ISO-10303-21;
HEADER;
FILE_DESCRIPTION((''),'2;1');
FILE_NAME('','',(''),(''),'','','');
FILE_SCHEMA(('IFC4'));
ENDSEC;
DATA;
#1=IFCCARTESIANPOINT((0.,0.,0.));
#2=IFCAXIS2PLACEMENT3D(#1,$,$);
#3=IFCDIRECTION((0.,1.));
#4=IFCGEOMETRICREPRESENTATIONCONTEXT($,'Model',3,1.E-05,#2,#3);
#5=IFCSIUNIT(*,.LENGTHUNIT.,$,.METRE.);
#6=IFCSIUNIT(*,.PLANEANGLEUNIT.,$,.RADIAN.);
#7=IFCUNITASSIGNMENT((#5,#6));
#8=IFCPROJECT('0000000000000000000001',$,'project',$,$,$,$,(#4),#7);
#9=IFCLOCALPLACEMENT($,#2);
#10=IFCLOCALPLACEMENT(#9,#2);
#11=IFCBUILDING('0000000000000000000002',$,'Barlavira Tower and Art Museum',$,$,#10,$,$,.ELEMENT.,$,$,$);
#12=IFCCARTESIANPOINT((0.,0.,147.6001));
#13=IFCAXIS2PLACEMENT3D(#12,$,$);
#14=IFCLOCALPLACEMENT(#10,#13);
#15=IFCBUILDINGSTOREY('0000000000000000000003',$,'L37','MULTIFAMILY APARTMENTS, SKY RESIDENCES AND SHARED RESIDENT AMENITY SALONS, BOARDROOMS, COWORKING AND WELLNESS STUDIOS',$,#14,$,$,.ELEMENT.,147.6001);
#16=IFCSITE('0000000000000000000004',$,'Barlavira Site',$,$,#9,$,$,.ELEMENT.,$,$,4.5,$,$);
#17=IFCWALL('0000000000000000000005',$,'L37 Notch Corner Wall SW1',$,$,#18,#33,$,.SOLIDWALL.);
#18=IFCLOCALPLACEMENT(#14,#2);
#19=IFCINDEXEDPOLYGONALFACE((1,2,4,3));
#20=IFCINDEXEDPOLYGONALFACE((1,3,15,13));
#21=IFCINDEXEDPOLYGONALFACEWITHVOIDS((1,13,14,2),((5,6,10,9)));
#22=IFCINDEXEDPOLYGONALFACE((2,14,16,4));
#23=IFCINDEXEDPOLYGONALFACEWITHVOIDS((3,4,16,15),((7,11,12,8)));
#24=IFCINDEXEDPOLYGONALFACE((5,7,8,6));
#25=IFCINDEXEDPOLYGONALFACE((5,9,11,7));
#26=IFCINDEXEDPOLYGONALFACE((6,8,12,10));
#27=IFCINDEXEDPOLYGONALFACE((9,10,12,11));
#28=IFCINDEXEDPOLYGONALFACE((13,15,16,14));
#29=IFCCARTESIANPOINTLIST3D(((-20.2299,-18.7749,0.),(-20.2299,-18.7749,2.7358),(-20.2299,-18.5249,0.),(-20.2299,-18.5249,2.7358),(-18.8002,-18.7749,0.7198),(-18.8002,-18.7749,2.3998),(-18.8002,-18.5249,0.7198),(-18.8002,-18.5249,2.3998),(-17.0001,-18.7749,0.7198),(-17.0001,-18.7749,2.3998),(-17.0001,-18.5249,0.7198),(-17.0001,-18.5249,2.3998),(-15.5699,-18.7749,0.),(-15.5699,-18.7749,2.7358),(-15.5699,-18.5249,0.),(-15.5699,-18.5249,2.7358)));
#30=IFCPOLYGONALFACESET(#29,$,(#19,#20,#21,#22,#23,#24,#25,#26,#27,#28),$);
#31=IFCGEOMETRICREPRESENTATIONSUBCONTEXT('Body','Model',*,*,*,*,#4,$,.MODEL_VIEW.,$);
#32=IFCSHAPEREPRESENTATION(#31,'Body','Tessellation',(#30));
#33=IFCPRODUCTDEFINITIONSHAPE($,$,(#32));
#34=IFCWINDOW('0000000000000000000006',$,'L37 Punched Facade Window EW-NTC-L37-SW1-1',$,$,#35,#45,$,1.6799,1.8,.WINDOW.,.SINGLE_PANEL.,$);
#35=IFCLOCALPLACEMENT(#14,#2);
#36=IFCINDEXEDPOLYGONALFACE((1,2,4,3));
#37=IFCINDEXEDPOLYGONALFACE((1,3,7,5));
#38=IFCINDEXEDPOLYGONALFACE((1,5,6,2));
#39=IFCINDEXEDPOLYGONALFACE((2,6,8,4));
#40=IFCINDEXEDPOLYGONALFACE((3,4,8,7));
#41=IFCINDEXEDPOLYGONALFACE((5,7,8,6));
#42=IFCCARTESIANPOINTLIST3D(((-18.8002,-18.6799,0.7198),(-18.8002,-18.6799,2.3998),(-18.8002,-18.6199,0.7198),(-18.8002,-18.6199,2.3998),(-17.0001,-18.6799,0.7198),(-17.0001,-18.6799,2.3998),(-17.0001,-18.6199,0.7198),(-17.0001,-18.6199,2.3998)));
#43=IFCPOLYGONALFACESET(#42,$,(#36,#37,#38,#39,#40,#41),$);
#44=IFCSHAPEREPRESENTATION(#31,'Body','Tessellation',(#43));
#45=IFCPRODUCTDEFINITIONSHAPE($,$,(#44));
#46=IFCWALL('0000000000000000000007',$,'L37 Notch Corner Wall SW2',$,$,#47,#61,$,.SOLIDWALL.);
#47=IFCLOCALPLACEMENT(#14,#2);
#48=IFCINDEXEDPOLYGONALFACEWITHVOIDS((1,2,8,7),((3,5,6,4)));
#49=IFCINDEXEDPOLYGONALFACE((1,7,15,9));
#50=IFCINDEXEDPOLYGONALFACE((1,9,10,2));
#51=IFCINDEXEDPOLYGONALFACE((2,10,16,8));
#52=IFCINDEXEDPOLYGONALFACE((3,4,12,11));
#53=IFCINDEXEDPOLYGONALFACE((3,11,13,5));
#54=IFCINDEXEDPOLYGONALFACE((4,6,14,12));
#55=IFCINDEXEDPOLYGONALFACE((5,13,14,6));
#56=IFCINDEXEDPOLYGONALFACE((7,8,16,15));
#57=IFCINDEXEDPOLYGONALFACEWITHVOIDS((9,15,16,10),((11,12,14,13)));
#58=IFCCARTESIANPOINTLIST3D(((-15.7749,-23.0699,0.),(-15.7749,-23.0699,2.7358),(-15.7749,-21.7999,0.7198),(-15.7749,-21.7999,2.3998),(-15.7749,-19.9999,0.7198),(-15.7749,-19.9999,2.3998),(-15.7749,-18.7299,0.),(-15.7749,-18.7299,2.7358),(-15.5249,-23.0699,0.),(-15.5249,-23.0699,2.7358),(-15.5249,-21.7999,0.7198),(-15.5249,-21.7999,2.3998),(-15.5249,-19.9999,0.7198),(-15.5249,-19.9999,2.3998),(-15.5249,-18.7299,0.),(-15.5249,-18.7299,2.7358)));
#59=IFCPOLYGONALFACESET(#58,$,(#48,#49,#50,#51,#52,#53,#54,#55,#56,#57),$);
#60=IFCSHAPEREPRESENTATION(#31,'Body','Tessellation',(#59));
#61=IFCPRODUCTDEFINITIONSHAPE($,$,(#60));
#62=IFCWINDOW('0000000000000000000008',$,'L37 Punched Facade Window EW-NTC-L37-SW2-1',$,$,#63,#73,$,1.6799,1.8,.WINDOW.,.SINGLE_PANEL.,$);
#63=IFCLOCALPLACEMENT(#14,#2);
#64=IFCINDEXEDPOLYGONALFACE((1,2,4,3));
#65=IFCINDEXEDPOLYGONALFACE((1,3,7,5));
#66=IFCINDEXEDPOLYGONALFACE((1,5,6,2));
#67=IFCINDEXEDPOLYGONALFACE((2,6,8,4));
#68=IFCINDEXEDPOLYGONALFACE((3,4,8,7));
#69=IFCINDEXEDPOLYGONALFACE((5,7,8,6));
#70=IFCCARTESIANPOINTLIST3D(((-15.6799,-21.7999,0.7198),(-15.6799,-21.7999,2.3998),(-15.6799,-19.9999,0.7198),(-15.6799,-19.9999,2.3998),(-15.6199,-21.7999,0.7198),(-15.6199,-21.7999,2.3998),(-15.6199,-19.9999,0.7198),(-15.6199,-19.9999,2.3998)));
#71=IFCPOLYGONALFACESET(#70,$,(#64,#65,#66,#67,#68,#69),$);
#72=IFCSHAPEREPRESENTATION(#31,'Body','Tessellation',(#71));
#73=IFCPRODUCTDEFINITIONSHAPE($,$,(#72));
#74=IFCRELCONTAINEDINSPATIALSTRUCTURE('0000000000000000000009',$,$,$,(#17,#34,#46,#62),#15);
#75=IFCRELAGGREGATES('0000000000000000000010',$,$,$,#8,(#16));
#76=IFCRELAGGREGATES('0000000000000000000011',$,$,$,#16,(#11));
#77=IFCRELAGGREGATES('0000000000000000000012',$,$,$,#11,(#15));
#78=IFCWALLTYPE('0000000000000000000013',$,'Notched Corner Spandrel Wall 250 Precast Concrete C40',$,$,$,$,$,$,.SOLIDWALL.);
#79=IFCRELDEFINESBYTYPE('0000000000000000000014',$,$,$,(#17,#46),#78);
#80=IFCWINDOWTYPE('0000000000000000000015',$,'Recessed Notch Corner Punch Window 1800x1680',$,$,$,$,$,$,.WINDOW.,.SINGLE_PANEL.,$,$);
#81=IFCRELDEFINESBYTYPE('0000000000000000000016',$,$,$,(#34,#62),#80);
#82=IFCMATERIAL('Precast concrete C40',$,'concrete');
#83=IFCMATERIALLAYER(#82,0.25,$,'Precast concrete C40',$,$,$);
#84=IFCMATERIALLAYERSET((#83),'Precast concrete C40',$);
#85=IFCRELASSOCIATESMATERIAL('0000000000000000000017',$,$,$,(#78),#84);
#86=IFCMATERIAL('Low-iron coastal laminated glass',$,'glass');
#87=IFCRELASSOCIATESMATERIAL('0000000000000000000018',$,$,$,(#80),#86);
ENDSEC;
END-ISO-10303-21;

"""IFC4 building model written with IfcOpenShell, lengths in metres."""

from ifc_helpers import new_model, si_unit, direction, frame, frame_2d, origin, place, context, subcontext, project, spatial, rectangle, extrude, material, layer, layer_set, type_object, element, fill, save


model = new_model("IFC4")

# Units and contexts
model_context = context("Model", 3, precision=1e-05, world=origin(), true_north=direction((0.0, 1.0)))
body_context = subcontext(model_context, "Body", "Model", "MODEL_VIEW")
ifc_project = project(units=[si_unit("LENGTHUNIT", "METRE"), si_unit("PLANEANGLEUNIT", "RADIAN")], contexts=[model_context])

# Site, building, storey
site_placement = place(None, origin())
site = spatial("IfcSite", under=ifc_project, at=site_placement, Name="Barlavira Site", CompositionType="ELEMENT", RefElevation=4.5)
building_placement = place(site_placement, origin())
building = spatial("IfcBuilding", under=site, at=building_placement, Name="Barlavira Tower and Art Museum", CompositionType="ELEMENT")
storey_placement = place(building_placement, frame((0.0, 0.0, 147.6001)))
storey = spatial("IfcBuildingStorey", under=building, at=storey_placement, Name="L37", Description="MULTIFAMILY APARTMENTS, SKY RESIDENCES AND SHARED RESIDENT AMENITY SALONS, BOARDROOMS, COWORKING AND WELLNESS STUDIOS", CompositionType="ELEMENT", Elevation=147.6001)

# Walls, openings, windows
ifc_material_1 = material(Name="Precast concrete C40", Category="concrete")
ifc_layer_1 = layer(ifc_material_1, 0.25, Name="Precast concrete C40")
ifc_layer_set_1 = layer_set([ifc_layer_1], Name="Precast concrete C40")
wall_type_1 = type_object("IfcWallType", Name="Notched Corner Spandrel Wall 250 Precast Concrete C40", PredefinedType="SOLIDWALL", material=ifc_layer_set_1)
ifc_material_2 = material(Name="Low-iron coastal laminated glass", Category="glass")
window_type = type_object("IfcWindowType", Name="Recessed Notch Corner Punch Window 1800x1680", PartitioningType="SINGLE_PANEL", PredefinedType="WINDOW", material=ifc_material_2)
wall_1_placement = place(storey_placement, frame((-20.23, -18.6499, 0.0), z_axis=(0.0, 0.0, 1.0), x_axis=(1.0, 0.0, 0.0)))
wall_1 = element("IfcWall", 1, at=wall_1_placement, inside=storey, type_object=wall_type_1, Name="L37 Notch Corner Wall SW1", PredefinedType="SOLIDWALL", context=body_context, shape_type="SweptSolid", body=[
    extrude(rectangle(XDim=4.6599, YDim=0.25, at=frame_2d((2.3301, 0.0))), origin(), (0.0, 0.0, 1.0), 2.7358),
])
opening_1_placement = place(wall_1_placement, frame((1.4299, 0.0, 0.72)))
opening_1 = element("IfcOpeningElement", 2, at=opening_1_placement, cuts=wall_1, PredefinedType="OPENING", context=body_context, shape_type="SweptSolid", body=[
    extrude(rectangle(XDim=1.8, YDim=1.6799, at=frame_2d((0.8999, 0.8398))), frame((0.0, 0.135, 0.0), z_axis=(0.0, -1.0, 0.0), x_axis=(1.0, 0.0, 0.0)), (0.0, 0.0, 1.0), 0.27),
])
window_1_placement = place(opening_1_placement, origin())
window_1 = element("IfcWindow", 3, at=window_1_placement, inside=storey, type_object=window_type, Name="L37 Punched Facade Window EW-NTC-L37-SW1-1", OverallHeight=1.6799, OverallWidth=1.8, PartitioningType="SINGLE_PANEL", PredefinedType="WINDOW", context=body_context, shape_type="SweptSolid", body=[
    extrude(rectangle(XDim=1.8, YDim=1.6799, at=frame_2d((0.8999, 0.8398))), frame((0.0, 0.03, 0.0), z_axis=(0.0, -1.0, 0.0), x_axis=(1.0, 0.0, 0.0)), (0.0, 0.0, 1.0), 0.0601),
])
fill(opening_1, window_1)
wall_2_placement = place(storey_placement, frame((-15.6499, -18.73, 0.0), z_axis=(0.0, 0.0, 1.0), x_axis=(0.0, -1.0, 0.0)))
wall_2 = element("IfcWall", 4, at=wall_2_placement, inside=storey, type_object=wall_type_1, Name="L37 Notch Corner Wall SW2", PredefinedType="SOLIDWALL", context=body_context, shape_type="SweptSolid", body=[
    extrude(rectangle(XDim=4.3401, YDim=0.25, at=frame_2d((2.1699, 0.0))), origin(), (0.0, 0.0, 1.0), 2.7358),
])
opening_2_placement = place(wall_2_placement, frame((1.27, 0.0, 0.72)))
opening_2 = element("IfcOpeningElement", 5, at=opening_2_placement, cuts=wall_2, PredefinedType="OPENING", context=body_context, shape_type="SweptSolid", body=[
    extrude(rectangle(XDim=1.8, YDim=1.6799, at=frame_2d((0.8999, 0.8398))), frame((0.0, 0.135, 0.0), z_axis=(0.0, -1.0, 0.0), x_axis=(1.0, 0.0, 0.0)), (0.0, 0.0, 1.0), 0.27),
])
window_2_placement = place(opening_2_placement, origin())
window_2 = element("IfcWindow", 6, at=window_2_placement, inside=storey, type_object=window_type, Name="L37 Punched Facade Window EW-NTC-L37-SW2-1", OverallHeight=1.6799, OverallWidth=1.8, PartitioningType="SINGLE_PANEL", PredefinedType="WINDOW", context=body_context, shape_type="SweptSolid", body=[
    extrude(rectangle(XDim=1.8, YDim=1.6799, at=frame_2d((0.8999, 0.8398))), frame((0.0, 0.03, 0.0), z_axis=(0.0, -1.0, 0.0), x_axis=(1.0, 0.0, 0.0)), (0.0, 0.0, 1.0), 0.0601),
])
fill(opening_2, window_2)

save(model, "model.ifc")
